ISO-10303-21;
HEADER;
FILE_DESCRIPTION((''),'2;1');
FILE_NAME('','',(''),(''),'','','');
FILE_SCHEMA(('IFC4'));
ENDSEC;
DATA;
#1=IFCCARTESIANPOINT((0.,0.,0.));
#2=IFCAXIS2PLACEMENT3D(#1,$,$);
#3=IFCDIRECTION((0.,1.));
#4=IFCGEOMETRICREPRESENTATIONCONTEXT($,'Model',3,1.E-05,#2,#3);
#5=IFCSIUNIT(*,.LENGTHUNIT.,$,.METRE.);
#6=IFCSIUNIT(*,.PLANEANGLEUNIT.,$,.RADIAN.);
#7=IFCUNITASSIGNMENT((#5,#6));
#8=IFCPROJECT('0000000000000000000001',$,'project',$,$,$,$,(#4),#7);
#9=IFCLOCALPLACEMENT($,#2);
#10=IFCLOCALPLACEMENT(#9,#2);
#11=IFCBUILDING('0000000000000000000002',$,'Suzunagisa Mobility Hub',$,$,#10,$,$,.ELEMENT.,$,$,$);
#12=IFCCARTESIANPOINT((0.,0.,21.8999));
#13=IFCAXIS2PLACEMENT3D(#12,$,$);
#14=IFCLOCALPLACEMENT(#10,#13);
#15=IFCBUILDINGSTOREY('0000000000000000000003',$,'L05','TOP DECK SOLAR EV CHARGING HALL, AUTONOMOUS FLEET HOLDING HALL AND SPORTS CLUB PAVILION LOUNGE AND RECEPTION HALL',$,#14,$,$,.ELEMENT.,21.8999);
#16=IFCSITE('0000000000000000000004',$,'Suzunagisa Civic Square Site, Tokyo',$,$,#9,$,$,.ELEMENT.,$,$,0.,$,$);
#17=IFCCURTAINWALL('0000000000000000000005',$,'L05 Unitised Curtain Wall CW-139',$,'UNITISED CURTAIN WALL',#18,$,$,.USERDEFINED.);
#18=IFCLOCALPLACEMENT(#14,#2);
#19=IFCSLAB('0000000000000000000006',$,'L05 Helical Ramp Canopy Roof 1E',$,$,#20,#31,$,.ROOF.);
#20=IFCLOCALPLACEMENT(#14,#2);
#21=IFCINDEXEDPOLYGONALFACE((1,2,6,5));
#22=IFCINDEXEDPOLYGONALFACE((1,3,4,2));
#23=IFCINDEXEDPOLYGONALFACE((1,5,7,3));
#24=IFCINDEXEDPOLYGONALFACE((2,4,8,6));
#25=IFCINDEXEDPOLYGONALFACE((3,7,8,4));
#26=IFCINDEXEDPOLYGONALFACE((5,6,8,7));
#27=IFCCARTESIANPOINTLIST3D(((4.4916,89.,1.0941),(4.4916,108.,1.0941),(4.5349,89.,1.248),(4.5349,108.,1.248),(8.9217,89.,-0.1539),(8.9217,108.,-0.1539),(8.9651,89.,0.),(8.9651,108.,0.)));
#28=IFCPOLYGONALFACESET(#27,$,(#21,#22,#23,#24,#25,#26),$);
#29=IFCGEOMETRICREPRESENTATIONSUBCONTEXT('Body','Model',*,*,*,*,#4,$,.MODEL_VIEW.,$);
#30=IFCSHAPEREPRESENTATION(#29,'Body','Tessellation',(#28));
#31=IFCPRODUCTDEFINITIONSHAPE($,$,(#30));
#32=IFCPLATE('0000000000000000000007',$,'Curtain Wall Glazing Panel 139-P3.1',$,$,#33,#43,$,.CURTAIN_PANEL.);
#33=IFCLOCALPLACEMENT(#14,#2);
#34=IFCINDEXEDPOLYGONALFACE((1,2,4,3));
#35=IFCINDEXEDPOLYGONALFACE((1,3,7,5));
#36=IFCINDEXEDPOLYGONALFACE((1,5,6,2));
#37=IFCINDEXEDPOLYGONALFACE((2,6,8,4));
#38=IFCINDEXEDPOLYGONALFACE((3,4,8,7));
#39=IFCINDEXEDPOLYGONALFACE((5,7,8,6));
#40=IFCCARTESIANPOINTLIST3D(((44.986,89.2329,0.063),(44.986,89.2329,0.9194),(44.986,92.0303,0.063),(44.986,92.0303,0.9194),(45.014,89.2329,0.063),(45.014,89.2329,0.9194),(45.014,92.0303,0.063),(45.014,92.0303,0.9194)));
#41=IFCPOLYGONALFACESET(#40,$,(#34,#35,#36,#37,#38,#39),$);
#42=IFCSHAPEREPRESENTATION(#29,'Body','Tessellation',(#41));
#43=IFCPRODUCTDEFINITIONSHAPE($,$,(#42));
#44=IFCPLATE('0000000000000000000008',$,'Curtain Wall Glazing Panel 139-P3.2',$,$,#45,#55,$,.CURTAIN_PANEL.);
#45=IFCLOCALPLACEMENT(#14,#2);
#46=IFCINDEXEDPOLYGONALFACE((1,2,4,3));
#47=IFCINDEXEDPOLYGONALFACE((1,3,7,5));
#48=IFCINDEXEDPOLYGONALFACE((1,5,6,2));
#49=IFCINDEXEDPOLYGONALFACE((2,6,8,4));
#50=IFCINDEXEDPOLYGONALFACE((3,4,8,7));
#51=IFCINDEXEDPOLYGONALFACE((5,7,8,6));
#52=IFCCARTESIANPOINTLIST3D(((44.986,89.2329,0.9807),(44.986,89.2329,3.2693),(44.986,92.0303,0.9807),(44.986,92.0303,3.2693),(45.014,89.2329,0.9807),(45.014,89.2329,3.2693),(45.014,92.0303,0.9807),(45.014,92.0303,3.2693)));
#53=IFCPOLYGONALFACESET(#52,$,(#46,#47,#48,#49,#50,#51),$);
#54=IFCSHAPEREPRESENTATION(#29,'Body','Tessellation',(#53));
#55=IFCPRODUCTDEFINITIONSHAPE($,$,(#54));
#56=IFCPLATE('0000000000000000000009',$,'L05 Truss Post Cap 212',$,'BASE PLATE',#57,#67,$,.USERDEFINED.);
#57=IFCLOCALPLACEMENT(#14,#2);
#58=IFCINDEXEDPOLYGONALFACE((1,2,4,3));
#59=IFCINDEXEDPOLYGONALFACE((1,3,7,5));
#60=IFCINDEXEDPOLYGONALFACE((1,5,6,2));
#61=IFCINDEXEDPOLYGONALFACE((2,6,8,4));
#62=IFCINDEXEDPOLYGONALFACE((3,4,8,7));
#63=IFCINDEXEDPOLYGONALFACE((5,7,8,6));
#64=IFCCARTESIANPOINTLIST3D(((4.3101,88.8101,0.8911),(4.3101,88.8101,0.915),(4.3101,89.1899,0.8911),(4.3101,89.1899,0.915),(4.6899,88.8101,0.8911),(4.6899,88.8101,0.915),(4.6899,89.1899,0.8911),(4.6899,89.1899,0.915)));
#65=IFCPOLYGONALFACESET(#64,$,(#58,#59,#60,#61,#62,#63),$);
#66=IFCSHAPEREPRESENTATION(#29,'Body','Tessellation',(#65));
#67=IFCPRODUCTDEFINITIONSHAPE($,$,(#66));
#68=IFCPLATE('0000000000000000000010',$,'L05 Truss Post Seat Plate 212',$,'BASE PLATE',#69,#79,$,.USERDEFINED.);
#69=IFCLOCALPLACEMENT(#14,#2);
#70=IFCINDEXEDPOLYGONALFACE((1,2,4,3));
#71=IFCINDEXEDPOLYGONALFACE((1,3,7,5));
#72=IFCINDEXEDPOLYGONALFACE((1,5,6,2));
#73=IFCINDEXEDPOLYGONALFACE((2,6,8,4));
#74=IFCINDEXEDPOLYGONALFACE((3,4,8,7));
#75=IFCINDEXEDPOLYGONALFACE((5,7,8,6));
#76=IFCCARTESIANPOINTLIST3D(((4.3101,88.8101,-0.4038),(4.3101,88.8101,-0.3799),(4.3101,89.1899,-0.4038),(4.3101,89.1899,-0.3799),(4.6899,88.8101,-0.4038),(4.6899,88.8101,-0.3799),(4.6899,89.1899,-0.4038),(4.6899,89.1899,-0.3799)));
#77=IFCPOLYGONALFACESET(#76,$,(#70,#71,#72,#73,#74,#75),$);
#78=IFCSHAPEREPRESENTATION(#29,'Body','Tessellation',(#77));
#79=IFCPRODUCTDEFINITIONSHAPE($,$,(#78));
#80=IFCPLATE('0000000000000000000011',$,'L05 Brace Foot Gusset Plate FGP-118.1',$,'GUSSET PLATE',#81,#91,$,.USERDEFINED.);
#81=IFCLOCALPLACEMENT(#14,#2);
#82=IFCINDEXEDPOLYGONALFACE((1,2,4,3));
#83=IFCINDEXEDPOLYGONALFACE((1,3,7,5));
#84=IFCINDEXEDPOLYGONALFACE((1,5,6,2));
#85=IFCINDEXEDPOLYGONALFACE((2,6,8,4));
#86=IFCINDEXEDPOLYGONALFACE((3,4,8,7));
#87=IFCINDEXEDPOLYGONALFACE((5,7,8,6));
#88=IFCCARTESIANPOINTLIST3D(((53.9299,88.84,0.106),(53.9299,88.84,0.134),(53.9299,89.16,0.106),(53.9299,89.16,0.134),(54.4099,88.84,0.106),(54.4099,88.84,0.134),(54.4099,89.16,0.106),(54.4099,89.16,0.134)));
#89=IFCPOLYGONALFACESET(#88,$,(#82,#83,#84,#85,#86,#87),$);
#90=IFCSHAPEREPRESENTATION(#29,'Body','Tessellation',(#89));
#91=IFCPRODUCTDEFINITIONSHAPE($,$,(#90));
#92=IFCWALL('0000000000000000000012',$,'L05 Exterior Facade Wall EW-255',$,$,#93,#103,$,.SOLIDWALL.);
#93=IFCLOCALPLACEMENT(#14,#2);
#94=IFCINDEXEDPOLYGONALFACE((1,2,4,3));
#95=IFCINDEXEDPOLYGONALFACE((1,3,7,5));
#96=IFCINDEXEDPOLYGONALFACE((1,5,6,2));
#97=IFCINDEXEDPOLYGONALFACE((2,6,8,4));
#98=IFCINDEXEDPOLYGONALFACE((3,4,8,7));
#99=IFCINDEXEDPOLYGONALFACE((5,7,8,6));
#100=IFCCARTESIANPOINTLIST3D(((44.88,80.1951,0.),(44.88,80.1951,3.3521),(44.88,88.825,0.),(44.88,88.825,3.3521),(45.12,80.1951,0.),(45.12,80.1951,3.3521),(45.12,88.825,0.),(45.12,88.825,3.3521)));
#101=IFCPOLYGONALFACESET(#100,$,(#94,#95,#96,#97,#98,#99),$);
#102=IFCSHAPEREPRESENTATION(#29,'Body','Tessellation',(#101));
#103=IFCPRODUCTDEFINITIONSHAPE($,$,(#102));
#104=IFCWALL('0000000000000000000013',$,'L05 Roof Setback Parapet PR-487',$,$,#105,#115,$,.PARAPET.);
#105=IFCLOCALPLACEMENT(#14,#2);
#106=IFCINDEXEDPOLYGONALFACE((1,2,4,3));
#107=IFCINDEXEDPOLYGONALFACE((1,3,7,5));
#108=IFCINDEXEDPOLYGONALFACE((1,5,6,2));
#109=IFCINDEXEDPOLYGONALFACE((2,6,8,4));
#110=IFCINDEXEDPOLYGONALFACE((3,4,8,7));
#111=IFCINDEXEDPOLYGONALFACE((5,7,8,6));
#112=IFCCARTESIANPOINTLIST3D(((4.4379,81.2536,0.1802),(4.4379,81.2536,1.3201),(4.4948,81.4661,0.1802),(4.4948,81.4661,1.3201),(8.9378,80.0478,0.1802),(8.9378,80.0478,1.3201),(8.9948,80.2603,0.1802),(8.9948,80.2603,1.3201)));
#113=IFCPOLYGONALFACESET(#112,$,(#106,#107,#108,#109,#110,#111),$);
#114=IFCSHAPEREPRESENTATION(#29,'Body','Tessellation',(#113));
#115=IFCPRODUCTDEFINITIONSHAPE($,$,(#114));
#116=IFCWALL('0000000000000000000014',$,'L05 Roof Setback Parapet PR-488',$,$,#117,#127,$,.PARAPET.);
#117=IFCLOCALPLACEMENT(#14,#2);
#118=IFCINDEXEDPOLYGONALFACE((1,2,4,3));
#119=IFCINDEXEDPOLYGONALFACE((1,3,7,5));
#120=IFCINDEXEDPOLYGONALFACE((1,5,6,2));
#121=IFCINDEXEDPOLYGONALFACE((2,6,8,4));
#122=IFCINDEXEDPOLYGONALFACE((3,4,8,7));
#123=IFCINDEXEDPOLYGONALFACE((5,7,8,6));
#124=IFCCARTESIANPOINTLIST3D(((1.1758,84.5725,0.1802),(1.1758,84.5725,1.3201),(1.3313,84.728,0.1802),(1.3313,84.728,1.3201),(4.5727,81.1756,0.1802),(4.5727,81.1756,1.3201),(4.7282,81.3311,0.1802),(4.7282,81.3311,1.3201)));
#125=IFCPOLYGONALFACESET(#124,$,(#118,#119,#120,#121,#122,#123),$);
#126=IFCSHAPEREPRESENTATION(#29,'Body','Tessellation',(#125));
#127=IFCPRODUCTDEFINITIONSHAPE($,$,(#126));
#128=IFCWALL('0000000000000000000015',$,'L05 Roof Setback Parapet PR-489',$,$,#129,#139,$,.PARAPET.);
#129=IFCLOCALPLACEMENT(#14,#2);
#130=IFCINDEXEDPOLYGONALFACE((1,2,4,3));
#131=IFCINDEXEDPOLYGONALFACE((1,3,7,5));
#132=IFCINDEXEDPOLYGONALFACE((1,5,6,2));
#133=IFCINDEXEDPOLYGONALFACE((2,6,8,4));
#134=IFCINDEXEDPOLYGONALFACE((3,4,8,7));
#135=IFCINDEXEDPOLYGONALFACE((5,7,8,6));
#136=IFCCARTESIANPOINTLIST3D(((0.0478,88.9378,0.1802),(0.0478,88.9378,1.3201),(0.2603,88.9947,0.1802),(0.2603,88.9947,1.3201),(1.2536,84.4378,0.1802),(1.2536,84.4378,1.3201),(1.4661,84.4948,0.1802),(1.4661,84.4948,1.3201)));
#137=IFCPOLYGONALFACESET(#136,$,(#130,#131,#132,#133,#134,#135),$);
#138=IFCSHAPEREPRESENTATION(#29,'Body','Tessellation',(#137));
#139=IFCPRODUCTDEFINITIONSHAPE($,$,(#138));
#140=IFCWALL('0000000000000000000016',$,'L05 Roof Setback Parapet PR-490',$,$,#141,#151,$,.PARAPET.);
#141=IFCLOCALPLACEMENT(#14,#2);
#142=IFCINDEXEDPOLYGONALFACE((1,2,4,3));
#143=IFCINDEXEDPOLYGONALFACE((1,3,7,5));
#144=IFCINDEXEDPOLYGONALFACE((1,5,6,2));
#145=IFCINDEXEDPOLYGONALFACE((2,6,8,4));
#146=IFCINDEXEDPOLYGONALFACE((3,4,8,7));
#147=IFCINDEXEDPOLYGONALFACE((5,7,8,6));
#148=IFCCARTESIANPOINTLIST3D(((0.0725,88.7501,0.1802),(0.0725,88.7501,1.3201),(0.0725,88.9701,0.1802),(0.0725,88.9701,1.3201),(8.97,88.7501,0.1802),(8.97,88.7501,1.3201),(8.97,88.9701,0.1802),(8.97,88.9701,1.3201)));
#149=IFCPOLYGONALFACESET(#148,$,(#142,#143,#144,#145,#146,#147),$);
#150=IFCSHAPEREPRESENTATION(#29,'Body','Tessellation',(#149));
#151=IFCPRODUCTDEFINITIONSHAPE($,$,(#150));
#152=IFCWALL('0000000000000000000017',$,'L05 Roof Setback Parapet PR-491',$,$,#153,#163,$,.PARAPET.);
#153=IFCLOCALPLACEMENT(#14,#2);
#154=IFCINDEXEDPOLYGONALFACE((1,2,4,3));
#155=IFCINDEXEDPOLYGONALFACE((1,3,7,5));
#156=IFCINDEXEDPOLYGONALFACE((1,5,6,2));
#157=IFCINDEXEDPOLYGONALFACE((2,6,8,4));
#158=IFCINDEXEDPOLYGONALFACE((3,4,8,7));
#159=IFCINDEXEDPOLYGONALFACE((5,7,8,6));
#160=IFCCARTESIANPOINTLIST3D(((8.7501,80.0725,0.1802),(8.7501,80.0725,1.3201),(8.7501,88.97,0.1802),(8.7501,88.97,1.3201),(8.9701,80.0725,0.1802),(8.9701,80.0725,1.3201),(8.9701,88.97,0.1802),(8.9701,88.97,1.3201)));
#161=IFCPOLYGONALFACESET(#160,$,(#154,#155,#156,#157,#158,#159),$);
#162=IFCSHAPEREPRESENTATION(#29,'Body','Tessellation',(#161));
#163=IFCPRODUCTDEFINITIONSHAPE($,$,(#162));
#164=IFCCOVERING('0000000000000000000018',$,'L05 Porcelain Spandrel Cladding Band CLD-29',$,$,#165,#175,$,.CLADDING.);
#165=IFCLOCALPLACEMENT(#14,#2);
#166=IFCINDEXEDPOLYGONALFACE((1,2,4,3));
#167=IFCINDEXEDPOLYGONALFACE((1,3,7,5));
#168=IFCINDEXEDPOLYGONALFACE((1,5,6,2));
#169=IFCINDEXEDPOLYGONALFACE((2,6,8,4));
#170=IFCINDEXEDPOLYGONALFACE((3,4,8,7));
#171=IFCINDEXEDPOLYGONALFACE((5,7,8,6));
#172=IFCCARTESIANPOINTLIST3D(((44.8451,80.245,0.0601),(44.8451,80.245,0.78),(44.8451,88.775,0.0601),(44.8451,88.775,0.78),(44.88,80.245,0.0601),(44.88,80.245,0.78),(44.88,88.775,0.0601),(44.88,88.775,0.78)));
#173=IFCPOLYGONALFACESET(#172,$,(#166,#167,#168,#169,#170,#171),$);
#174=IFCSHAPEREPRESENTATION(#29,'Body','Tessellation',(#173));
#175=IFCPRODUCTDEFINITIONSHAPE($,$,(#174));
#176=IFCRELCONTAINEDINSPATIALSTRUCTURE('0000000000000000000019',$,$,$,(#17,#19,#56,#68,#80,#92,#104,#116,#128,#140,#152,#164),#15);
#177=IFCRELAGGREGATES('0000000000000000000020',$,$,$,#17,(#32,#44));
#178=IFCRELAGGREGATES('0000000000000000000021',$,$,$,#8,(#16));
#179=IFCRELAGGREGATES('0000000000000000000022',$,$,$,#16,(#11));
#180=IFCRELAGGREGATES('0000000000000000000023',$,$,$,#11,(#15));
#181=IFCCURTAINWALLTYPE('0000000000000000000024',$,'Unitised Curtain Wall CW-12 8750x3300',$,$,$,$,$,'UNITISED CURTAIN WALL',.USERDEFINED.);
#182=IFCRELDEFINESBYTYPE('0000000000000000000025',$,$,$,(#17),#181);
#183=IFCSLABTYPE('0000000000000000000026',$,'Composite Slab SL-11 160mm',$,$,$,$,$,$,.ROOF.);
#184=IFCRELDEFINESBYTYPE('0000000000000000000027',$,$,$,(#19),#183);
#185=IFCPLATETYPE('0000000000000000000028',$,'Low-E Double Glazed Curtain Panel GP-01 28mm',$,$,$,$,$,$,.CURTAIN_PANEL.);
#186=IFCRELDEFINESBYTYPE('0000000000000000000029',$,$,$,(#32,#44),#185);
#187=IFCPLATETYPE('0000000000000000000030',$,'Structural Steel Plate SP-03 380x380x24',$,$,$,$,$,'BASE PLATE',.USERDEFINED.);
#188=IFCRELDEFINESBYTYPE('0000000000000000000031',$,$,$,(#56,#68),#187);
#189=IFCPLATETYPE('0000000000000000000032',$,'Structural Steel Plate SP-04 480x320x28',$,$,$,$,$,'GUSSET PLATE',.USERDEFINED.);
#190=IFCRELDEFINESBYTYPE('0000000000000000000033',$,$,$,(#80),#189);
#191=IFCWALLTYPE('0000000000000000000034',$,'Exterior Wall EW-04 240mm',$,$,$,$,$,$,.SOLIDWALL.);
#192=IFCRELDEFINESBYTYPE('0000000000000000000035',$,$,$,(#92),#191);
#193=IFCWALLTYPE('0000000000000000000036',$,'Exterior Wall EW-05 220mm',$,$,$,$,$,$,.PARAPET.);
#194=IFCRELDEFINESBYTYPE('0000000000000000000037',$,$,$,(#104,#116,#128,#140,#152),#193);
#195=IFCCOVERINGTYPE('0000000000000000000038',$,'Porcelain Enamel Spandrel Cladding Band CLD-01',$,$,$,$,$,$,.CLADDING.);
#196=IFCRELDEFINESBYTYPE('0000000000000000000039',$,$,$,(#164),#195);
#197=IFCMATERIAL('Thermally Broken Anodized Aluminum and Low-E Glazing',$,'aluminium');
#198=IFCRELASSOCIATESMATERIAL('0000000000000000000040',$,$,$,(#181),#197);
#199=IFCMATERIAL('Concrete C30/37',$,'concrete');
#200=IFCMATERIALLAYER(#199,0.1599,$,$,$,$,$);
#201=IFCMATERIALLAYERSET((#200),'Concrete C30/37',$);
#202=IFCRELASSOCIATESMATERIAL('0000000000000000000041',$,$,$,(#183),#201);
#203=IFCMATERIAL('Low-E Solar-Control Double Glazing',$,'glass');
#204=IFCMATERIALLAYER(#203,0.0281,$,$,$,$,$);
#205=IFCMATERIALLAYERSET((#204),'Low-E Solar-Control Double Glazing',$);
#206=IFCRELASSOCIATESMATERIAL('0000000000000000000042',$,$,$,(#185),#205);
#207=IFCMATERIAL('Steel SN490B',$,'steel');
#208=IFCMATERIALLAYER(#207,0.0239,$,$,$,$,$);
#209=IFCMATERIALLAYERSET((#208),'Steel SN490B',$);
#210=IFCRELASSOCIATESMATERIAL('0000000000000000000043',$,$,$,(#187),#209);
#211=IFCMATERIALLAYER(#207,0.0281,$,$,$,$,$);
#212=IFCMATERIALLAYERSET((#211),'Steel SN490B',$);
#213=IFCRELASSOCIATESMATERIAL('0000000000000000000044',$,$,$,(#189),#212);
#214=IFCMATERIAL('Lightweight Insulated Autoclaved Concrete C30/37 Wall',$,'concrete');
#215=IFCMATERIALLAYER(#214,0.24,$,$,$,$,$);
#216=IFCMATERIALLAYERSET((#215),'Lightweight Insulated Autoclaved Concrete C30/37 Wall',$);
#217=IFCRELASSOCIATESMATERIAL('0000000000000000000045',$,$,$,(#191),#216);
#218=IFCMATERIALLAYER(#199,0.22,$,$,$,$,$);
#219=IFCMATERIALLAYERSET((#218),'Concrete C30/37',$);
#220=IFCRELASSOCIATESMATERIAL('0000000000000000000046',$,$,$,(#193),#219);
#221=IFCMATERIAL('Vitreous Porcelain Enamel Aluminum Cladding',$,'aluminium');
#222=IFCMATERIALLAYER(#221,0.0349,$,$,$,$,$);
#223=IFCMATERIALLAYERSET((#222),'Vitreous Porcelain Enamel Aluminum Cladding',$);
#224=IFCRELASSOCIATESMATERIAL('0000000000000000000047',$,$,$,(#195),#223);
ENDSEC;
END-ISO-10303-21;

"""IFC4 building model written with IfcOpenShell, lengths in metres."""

from ifc_helpers import new_model, si_unit, direction, frame, frame_2d, origin, origin_2d, place, context, subcontext, project, spatial, polyline, rectangle, outline, extrude, material, layer, layer_set, type_object, element, aggregate, save


model = new_model("IFC4")

# Units and contexts
model_context = context("Model", 3, precision=1e-05, world=origin(), true_north=direction((0.0, 1.0)))
body_context = subcontext(model_context, "Body", "Model", "MODEL_VIEW")
ifc_project = project(units=[si_unit("LENGTHUNIT", "METRE"), si_unit("PLANEANGLEUNIT", "RADIAN")], contexts=[model_context])

# Site, building, storey
site_placement = place(None, origin())
site = spatial("IfcSite", under=ifc_project, at=site_placement, Name="Suzunagisa Civic Square Site, Tokyo", CompositionType="ELEMENT", RefElevation=0.0)
building_placement = place(site_placement, origin())
building = spatial("IfcBuilding", under=site, at=building_placement, Name="Suzunagisa Mobility Hub", CompositionType="ELEMENT")
storey_placement = place(building_placement, frame((0.0, 0.0, 21.8999)))
storey = spatial("IfcBuildingStorey", under=building, at=storey_placement, Name="L05", Description="TOP DECK SOLAR EV CHARGING HALL, AUTONOMOUS FLEET HOLDING HALL AND SPORTS CLUB PAVILION LOUNGE AND RECEPTION HALL", CompositionType="ELEMENT", Elevation=21.8999)

# Shared definitions
ifc_material_1 = material(Name="Steel SN490B", Category="steel")

# Curtain wall
ifc_material_2 = material(Name="Thermally Broken Anodized Aluminum and Low-E Glazing", Category="aluminium")
curtain_wall_type = type_object("IfcCurtainWallType", Name="Unitised Curtain Wall CW-12 8750x3300", ElementType="UNITISED CURTAIN WALL", PredefinedType="USERDEFINED", material=ifc_material_2)
curtain_wall_placement = place(storey_placement, origin())
curtain_wall = element("IfcCurtainWall", 1, at=curtain_wall_placement, inside=storey, type_object=curtain_wall_type, Name="L05 Unitised Curtain Wall CW-139", ObjectType="UNITISED CURTAIN WALL", PredefinedType="USERDEFINED")

# Slab
ifc_material_3 = material(Name="Concrete C30/37", Category="concrete")
ifc_layer_1 = layer(ifc_material_3, 0.1599)
ifc_layer_set_1 = layer_set([ifc_layer_1], Name="Concrete C30/37")
slab_type = type_object("IfcSlabType", Name="Composite Slab SL-11 160mm", PredefinedType="ROOF", material=ifc_layer_set_1)
for number, where, z_axis, x_axis, name in (
    (2, (4.5349, 89.0, 1.248), (0.27116, 0.0, 0.962534), (0.962534, 0.0, -0.27116), "L05 Helical Ramp Canopy Roof 1E"),
):
    element("IfcSlab", number, at=place(storey_placement, frame(where, z_axis=z_axis, x_axis=x_axis)), inside=storey, type_object=slab_type, Name=name, PredefinedType="ROOF", context=body_context, shape_type="SweptSolid", body=[
        extrude(outline(polyline([(0.0, 0.0), (4.6026, 0.0), (4.6026, 19.0), (0.0, 19.0), (0.0, 0.0)])), origin(), (0.0, 0.0, -1.0), 0.1599),
    ])

# Plates
ifc_material_4 = material(Name="Low-E Solar-Control Double Glazing", Category="glass")
ifc_layer_2 = layer(ifc_material_4, 0.0281)
ifc_layer_set_2 = layer_set([ifc_layer_2], Name="Low-E Solar-Control Double Glazing")
plate_type_1 = type_object("IfcPlateType", Name="Low-E Double Glazed Curtain Panel GP-01 28mm", PredefinedType="CURTAIN_PANEL", material=ifc_layer_set_2)
plate_1_placement = place(storey_placement, frame((45.0, 90.6316, 0.063), z_axis=(0.0, 0.0, 1.0), x_axis=(0.0, -1.0, 0.0)))
plate_1 = element("IfcPlate", 3, at=plate_1_placement, type_object=plate_type_1, Name="Curtain Wall Glazing Panel 139-P3.1", PredefinedType="CURTAIN_PANEL", context=body_context, shape_type="SweptSolid", body=[
    extrude(rectangle(XDim=2.7974, YDim=0.0281, at=origin_2d()), origin(), (0.0, 0.0, 1.0), 0.8564),
])
plate_2_placement = place(storey_placement, frame((45.0, 90.6316, 0.9807), z_axis=(0.0, 0.0, 1.0), x_axis=(0.0, -1.0, 0.0)))
plate_2 = element("IfcPlate", 4, at=plate_2_placement, type_object=plate_type_1, Name="Curtain Wall Glazing Panel 139-P3.2", PredefinedType="CURTAIN_PANEL", context=body_context, shape_type="SweptSolid", body=[
    extrude(rectangle(XDim=2.7974, YDim=0.0281, at=origin_2d()), origin(), (0.0, 0.0, 1.0), 2.2886),
])
aggregate(curtain_wall, [plate_1, plate_2])

# Plates
ifc_layer_3 = layer(ifc_material_1, 0.0239)
ifc_layer_set_3 = layer_set([ifc_layer_3], Name="Steel SN490B")
plate_type_2 = type_object("IfcPlateType", Name="Structural Steel Plate SP-03 380x380x24", ElementType="BASE PLATE", PredefinedType="USERDEFINED", material=ifc_layer_set_3)
for number, where, z_axis, x_axis, name in (
    (5, (4.5, 89.0, 0.8911), (0.0, 0.0, 1.0), (1.0, 0.0, 0.0), "L05 Truss Post Cap 212"),
    (6, (4.5, 89.0, -0.4038), (0.0, 0.0, 1.0), (1.0, 0.0, 0.0), "L05 Truss Post Seat Plate 212"),
):
    element("IfcPlate", number, at=place(storey_placement, frame(where, z_axis=z_axis, x_axis=x_axis)), inside=storey, type_object=plate_type_2, Name=name, ObjectType="BASE PLATE", PredefinedType="USERDEFINED", context=body_context, shape_type="SweptSolid", body=[
        extrude(rectangle(XDim=0.3799, YDim=0.3799, at=origin_2d()), origin(), (0.0, 0.0, 1.0), 0.0239),
    ])
ifc_layer_4 = layer(ifc_material_1, 0.0281)
ifc_layer_set_4 = layer_set([ifc_layer_4], Name="Steel SN490B")
plate_type_3 = type_object("IfcPlateType", Name="Structural Steel Plate SP-04 480x320x28", ElementType="GUSSET PLATE", PredefinedType="USERDEFINED", material=ifc_layer_set_4)
plate_3_placement = place(storey_placement, frame((54.1699, 89.0, 0.106), z_axis=(0.0, 0.0, 1.0), x_axis=(1.0, 0.0, 0.0)))
element("IfcPlate", 7, at=plate_3_placement, inside=storey, type_object=plate_type_3, Name="L05 Brace Foot Gusset Plate FGP-118.1", ObjectType="GUSSET PLATE", PredefinedType="USERDEFINED", context=body_context, shape_type="SweptSolid", body=[
    extrude(rectangle(XDim=0.48, YDim=0.3201, at=origin_2d()), origin(), (0.0, 0.0, 1.0), 0.0281),
])

# Walls
ifc_material_5 = material(Name="Lightweight Insulated Autoclaved Concrete C30/37 Wall", Category="concrete")
ifc_layer_5 = layer(ifc_material_5, 0.24)
ifc_layer_set_5 = layer_set([ifc_layer_5], Name="Lightweight Insulated Autoclaved Concrete C30/37 Wall")
wall_type_1 = type_object("IfcWallType", Name="Exterior Wall EW-04 240mm", PredefinedType="SOLIDWALL", material=ifc_layer_set_5)
wall_1_placement = place(storey_placement, frame((45.0, 88.825, 0.0), z_axis=(0.0, 0.0, 1.0), x_axis=(0.0, -1.0, 0.0)))
element("IfcWall", 8, at=wall_1_placement, inside=storey, type_object=wall_type_1, Name="L05 Exterior Facade Wall EW-255", PredefinedType="SOLIDWALL", context=body_context, shape_type="SweptSolid", body=[
    extrude(rectangle(XDim=8.6299, YDim=0.24, at=frame_2d((4.3149, 0.0))), origin(), (0.0, 0.0, 1.0), 3.3521),
])
ifc_layer_6 = layer(ifc_material_3, 0.22)
ifc_layer_set_6 = layer_set([ifc_layer_6], Name="Concrete C30/37")
wall_type_2 = type_object("IfcWallType", Name="Exterior Wall EW-05 220mm", PredefinedType="PARAPET", material=ifc_layer_set_6)
wall_2_placement = place(storey_placement, frame((8.9663, 80.1541, 0.1802), z_axis=(0.0, 0.0, 1.0), x_axis=(-0.965924, 0.258827, 0.0)))
element("IfcWall", 9, at=wall_2_placement, inside=storey, type_object=wall_type_2, Name="L05 Roof Setback Parapet PR-487", PredefinedType="PARAPET", context=body_context, shape_type="SweptSolid", body=[
    extrude(rectangle(XDim=4.6587, YDim=0.22, at=frame_2d((2.3293, 0.0))), origin(), (0.0, 0.0, 1.0), 1.1399),
])
wall_3_placement = place(storey_placement, frame((4.6504, 81.2534, 0.1802), z_axis=(0.0, 0.0, 1.0), x_axis=(-0.707107, 0.707107, 0.0)))
element("IfcWall", 10, at=wall_3_placement, inside=storey, type_object=wall_type_2, Name="L05 Roof Setback Parapet PR-488", PredefinedType="PARAPET", context=body_context, shape_type="SweptSolid", body=[
    extrude(rectangle(XDim=4.804, YDim=0.22, at=frame_2d((2.4019, 0.0))), origin(), (0.0, 0.0, 1.0), 1.1399),
])
wall_4_placement = place(storey_placement, frame((1.3599, 84.4663, 0.1802), z_axis=(0.0, 0.0, 1.0), x_axis=(-0.258827, 0.965924, 0.0)))
element("IfcWall", 11, at=wall_4_placement, inside=storey, type_object=wall_type_2, Name="L05 Roof Setback Parapet PR-489", PredefinedType="PARAPET", context=body_context, shape_type="SweptSolid", body=[
    extrude(rectangle(XDim=4.6587, YDim=0.22, at=frame_2d((2.3293, 0.0))), origin(), (0.0, 0.0, 1.0), 1.1399),
])
for number, where, z_axis, x_axis, name in (
    (12, (0.0725, 88.8601, 0.1802), (0.0, 0.0, 1.0), (1.0, 0.0, 0.0), "L05 Roof Setback Parapet PR-490"),
    (13, (8.8601, 88.97, 0.1802), (0.0, 0.0, 1.0), (0.0, -1.0, 0.0), "L05 Roof Setback Parapet PR-491"),
):
    element("IfcWall", number, at=place(storey_placement, frame(where, z_axis=z_axis, x_axis=x_axis)), inside=storey, type_object=wall_type_2, Name=name, PredefinedType="PARAPET", context=body_context, shape_type="SweptSolid", body=[
        extrude(rectangle(XDim=8.8975, YDim=0.22, at=frame_2d((4.4487, 0.0))), origin(), (0.0, 0.0, 1.0), 1.1399),
    ])

# Covering
ifc_material_6 = material(Name="Vitreous Porcelain Enamel Aluminum Cladding", Category="aluminium")
ifc_layer_7 = layer(ifc_material_6, 0.0349)
ifc_layer_set_7 = layer_set([ifc_layer_7], Name="Vitreous Porcelain Enamel Aluminum Cladding")
covering_type = type_object("IfcCoveringType", Name="Porcelain Enamel Spandrel Cladding Band CLD-01", PredefinedType="CLADDING", material=ifc_layer_set_7)
covering_placement = place(storey_placement, frame((44.8625, 84.51, 0.0601), z_axis=(0.0, 0.0, 1.0), x_axis=(0.0, -1.0, 0.0)))
element("IfcCovering", 14, at=covering_placement, inside=storey, type_object=covering_type, Name="L05 Porcelain Spandrel Cladding Band CLD-29", PredefinedType="CLADDING", context=body_context, shape_type="SweptSolid", body=[
    extrude(rectangle(XDim=8.53, YDim=0.0349, at=origin_2d()), origin(), (0.0, 0.0, 1.0), 0.72),
])

save(model, "model.ifc")
